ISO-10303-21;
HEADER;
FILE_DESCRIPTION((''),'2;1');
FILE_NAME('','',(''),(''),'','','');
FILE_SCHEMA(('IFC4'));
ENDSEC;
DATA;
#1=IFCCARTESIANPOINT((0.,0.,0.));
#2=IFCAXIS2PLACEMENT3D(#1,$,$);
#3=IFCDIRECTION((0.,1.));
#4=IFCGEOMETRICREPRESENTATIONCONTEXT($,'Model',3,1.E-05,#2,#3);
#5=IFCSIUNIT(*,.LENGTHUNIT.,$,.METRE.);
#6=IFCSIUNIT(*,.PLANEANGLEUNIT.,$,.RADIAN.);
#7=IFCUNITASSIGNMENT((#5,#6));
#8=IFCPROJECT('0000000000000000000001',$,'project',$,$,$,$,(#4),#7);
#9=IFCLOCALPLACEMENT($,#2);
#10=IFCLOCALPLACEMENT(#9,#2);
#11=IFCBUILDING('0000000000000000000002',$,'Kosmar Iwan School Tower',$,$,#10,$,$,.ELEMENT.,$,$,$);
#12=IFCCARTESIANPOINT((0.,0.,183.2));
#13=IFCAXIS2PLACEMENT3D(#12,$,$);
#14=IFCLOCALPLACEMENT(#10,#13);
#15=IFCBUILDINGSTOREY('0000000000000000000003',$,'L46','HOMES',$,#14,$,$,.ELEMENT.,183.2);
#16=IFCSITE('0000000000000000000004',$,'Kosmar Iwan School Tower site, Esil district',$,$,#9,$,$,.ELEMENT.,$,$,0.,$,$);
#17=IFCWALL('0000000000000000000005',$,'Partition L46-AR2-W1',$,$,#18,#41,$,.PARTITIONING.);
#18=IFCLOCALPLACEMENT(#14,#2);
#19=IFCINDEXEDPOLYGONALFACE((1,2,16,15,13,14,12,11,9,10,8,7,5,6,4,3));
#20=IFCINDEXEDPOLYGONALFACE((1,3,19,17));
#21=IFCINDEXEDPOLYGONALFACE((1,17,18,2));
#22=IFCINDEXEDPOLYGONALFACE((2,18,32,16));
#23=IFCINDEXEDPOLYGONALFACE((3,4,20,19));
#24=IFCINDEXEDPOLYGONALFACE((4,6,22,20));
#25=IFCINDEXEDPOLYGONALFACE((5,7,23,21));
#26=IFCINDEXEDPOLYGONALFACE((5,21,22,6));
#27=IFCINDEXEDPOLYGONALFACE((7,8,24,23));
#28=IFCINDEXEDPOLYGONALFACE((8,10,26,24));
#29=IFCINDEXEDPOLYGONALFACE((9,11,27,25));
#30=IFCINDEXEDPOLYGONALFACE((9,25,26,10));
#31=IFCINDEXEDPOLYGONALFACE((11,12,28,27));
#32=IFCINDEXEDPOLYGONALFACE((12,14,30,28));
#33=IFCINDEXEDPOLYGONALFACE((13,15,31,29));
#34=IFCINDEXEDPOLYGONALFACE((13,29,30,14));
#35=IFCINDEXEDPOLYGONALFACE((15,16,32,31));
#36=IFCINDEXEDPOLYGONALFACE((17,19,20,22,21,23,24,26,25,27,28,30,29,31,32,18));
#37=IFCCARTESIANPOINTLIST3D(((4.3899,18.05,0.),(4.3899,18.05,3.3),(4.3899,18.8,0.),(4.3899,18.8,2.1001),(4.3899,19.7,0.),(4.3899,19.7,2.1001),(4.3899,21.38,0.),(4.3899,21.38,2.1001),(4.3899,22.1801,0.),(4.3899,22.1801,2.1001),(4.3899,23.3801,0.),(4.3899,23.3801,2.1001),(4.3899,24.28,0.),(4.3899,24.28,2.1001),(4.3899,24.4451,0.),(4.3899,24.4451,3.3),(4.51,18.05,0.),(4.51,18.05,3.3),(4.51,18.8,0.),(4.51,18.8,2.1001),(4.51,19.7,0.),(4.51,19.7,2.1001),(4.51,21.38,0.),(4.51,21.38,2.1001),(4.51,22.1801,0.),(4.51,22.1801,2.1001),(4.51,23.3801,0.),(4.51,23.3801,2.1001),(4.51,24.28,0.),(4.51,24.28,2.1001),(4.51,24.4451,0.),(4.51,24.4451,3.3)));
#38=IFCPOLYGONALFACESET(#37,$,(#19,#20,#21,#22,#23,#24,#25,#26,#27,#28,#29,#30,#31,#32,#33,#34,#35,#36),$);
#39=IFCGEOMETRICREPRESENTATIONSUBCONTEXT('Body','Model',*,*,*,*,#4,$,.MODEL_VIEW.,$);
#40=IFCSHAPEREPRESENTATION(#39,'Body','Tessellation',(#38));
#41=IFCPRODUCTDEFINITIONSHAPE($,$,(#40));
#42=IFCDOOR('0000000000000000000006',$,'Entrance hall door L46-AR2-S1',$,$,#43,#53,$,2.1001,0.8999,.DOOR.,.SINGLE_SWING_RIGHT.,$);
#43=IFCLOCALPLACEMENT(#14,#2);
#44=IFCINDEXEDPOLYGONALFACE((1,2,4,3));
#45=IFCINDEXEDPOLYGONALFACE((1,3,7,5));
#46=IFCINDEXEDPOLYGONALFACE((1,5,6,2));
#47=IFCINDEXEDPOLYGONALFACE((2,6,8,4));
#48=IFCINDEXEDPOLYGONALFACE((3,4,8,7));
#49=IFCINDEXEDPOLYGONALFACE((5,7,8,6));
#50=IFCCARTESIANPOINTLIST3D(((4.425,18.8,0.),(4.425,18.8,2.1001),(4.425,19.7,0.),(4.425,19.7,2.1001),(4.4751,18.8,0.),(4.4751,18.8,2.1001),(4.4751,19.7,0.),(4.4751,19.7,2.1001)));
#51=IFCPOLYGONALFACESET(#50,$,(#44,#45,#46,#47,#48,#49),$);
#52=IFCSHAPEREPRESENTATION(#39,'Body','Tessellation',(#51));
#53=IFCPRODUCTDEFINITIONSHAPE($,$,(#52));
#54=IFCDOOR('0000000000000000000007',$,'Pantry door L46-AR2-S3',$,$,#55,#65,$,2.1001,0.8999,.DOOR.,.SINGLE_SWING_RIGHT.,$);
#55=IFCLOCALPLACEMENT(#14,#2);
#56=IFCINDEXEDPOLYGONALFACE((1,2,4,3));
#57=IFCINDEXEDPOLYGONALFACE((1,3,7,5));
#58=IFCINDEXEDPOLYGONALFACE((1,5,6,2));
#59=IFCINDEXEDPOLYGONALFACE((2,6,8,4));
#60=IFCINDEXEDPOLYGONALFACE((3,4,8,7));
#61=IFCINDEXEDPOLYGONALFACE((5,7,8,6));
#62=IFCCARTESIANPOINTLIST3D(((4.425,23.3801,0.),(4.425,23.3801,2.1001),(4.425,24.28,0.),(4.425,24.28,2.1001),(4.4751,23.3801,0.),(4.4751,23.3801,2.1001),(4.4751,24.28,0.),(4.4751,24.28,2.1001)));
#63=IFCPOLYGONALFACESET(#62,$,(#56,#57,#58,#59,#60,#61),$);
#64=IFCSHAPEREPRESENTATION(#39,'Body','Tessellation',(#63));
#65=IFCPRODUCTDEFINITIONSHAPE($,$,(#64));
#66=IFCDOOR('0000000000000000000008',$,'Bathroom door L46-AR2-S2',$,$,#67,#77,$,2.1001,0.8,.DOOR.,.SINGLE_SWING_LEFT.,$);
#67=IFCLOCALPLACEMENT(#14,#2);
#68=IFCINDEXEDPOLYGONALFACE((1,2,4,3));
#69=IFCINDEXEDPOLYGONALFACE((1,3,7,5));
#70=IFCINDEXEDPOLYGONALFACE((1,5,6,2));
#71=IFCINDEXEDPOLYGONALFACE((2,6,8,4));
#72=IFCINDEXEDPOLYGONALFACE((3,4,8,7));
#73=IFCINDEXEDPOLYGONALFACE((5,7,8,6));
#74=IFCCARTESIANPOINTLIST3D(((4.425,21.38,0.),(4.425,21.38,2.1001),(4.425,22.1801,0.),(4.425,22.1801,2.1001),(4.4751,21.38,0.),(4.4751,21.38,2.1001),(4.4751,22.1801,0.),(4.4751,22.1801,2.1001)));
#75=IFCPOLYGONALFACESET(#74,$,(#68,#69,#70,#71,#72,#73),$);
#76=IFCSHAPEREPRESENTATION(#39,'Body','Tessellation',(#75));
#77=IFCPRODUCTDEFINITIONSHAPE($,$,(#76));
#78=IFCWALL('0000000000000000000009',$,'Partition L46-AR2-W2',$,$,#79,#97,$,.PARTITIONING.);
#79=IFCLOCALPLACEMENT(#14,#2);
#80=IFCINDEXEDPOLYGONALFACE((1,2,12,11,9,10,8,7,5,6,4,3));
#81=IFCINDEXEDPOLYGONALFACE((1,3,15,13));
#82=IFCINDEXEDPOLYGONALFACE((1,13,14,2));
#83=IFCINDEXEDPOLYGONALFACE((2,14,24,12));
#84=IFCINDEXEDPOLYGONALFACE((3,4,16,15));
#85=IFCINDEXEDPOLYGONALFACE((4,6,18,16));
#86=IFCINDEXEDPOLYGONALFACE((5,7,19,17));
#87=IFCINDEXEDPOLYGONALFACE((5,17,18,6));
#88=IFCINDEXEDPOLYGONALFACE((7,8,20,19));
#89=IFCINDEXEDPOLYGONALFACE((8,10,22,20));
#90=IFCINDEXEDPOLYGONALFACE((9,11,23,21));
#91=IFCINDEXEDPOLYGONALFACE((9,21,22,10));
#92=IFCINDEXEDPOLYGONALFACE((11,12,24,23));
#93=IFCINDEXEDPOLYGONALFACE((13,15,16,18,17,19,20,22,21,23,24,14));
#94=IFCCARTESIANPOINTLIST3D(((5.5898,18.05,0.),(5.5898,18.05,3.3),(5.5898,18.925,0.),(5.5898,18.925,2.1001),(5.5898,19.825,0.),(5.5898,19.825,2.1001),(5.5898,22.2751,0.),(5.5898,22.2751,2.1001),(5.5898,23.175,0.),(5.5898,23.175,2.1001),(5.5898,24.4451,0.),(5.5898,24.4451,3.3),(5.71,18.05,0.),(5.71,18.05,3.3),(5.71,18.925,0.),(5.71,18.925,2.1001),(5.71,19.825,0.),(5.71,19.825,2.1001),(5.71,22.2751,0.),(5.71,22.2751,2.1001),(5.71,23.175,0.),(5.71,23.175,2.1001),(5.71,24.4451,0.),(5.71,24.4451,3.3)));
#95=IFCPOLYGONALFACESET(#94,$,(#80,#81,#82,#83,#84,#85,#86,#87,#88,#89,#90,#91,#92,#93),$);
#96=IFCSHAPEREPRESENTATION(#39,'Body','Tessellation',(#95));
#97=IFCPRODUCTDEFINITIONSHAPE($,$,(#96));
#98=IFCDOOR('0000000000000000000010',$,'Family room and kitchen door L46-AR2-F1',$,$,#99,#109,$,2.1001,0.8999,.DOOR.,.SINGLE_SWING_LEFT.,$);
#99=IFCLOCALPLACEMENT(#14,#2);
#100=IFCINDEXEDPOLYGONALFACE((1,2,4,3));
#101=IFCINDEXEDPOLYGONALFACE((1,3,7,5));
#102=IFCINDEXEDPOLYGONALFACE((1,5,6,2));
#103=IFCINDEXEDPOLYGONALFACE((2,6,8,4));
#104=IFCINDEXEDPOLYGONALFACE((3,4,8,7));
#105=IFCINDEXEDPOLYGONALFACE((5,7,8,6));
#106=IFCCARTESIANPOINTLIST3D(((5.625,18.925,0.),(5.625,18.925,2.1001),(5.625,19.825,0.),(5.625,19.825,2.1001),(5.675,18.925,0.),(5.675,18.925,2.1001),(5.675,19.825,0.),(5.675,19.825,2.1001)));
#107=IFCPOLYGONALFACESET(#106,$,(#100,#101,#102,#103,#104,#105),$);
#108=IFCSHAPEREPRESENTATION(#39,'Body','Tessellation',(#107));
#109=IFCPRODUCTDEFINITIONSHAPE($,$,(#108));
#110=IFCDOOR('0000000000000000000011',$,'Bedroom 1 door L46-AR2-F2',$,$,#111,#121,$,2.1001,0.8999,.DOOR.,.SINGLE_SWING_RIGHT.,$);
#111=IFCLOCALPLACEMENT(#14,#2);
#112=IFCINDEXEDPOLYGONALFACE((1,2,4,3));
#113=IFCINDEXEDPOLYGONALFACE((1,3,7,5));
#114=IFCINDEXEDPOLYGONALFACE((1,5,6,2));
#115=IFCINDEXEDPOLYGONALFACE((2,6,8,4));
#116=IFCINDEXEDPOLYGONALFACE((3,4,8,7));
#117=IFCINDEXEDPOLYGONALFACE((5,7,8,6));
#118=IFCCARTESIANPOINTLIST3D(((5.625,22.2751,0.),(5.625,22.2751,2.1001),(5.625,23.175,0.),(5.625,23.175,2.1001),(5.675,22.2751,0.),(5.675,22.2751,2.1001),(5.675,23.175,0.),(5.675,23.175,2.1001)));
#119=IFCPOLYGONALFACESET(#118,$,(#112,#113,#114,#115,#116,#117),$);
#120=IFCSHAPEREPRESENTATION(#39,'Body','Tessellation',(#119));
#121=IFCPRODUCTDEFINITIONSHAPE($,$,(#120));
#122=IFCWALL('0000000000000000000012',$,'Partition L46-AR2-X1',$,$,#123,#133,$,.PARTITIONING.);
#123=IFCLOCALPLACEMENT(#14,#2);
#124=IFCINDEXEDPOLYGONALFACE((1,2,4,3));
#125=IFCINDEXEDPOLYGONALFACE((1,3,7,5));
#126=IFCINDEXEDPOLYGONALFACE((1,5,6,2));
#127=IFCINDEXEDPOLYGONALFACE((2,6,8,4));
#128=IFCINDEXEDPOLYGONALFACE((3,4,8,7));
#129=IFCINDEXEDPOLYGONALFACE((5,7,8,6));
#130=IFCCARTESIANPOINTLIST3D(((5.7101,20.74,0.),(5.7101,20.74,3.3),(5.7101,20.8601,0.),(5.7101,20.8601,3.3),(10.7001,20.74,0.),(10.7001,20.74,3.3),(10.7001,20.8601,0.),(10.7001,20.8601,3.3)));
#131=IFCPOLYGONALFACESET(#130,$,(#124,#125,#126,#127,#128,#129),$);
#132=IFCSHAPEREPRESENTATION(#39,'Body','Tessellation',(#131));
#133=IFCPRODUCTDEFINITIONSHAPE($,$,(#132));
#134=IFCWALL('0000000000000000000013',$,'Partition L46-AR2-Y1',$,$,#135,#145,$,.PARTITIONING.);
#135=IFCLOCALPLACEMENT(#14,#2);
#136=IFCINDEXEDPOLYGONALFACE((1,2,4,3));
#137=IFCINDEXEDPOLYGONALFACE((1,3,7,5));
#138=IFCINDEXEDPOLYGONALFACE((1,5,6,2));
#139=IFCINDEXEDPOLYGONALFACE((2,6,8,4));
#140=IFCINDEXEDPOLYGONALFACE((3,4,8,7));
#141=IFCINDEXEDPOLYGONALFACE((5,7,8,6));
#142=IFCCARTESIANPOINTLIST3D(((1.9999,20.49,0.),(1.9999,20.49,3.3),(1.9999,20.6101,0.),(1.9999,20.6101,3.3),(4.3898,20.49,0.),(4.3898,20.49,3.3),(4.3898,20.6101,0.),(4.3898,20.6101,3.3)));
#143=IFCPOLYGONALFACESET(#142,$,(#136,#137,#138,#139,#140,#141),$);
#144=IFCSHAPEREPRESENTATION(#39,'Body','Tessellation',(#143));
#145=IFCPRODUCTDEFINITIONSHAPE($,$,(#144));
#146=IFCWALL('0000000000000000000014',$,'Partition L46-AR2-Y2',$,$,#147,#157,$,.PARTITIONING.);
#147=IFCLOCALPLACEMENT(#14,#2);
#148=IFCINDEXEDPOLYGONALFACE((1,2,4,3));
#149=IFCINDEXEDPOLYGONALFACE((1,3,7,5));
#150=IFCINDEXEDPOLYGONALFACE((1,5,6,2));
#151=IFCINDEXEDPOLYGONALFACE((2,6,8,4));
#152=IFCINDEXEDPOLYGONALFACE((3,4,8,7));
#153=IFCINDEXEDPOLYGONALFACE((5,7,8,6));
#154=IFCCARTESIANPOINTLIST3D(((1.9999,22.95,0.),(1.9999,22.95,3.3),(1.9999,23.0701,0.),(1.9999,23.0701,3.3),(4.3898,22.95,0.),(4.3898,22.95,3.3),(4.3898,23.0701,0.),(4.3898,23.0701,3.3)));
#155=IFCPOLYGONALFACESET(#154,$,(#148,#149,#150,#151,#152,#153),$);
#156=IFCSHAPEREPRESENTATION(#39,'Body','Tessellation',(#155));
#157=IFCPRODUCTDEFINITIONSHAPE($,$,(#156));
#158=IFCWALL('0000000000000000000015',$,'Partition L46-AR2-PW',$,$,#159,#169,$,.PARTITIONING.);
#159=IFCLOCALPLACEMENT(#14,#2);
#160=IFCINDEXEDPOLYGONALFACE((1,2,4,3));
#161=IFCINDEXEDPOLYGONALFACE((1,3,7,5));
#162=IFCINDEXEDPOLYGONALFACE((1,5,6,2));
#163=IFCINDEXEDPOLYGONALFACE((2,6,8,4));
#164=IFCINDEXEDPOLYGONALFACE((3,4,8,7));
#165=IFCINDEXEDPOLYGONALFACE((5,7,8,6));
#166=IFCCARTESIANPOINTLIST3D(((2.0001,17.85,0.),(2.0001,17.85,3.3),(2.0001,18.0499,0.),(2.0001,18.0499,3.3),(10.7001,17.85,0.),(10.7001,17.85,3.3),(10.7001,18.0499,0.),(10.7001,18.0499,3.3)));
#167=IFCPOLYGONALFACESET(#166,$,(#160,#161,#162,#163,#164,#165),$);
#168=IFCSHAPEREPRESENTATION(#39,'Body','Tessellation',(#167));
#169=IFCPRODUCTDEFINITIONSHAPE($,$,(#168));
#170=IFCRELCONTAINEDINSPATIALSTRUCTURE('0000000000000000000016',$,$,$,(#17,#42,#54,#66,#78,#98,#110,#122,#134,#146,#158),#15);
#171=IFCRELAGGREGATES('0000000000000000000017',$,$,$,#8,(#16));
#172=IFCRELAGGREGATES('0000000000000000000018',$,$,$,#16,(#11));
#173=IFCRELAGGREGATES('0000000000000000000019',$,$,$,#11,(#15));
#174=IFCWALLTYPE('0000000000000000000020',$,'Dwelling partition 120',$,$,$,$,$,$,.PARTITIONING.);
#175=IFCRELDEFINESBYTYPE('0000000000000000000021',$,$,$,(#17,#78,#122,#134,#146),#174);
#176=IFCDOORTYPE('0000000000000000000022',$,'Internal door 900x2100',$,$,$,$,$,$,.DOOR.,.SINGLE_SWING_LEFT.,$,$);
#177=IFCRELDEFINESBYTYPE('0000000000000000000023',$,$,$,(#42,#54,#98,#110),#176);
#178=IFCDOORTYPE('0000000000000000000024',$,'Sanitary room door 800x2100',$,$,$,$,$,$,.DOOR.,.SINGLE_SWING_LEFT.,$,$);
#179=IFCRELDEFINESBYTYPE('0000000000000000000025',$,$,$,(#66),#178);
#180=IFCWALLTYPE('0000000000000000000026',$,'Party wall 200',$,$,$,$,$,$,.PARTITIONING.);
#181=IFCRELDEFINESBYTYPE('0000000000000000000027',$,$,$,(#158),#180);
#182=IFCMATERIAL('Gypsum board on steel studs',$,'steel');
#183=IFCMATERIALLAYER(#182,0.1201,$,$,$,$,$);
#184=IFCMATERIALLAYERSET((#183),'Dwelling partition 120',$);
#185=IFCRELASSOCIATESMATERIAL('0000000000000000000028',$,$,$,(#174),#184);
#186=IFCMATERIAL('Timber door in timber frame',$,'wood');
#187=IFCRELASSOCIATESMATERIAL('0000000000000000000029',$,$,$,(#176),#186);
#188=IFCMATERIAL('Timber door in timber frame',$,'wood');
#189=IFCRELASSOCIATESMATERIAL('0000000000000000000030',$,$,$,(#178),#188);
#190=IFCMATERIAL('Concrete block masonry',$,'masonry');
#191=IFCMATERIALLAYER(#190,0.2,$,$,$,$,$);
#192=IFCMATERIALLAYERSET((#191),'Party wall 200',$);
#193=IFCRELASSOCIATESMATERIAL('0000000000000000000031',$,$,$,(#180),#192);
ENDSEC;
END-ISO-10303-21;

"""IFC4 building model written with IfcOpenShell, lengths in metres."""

from ifc_helpers import new_model, si_unit, direction, frame, frame_2d, origin, place, context, subcontext, project, spatial, rectangle, extrude, material, layer, layer_set, type_object, element, fill, save


model = new_model("IFC4")

# Units and contexts
model_context = context("Model", 3, precision=1e-05, world=origin(), true_north=direction((0.0, 1.0)))
body_context = subcontext(model_context, "Body", "Model", "MODEL_VIEW")
ifc_project = project(units=[si_unit("LENGTHUNIT", "METRE"), si_unit("PLANEANGLEUNIT", "RADIAN")], contexts=[model_context])

# Site, building, storey
site_placement = place(None, origin())
site = spatial("IfcSite", under=ifc_project, at=site_placement, Name="Kosmar Iwan School Tower site, Esil district", CompositionType="ELEMENT", RefElevation=0.0)
building_placement = place(site_placement, origin())
building = spatial("IfcBuilding", under=site, at=building_placement, Name="Kosmar Iwan School Tower", CompositionType="ELEMENT")
storey_placement = place(building_placement, frame((0.0, 0.0, 183.2)))
storey = spatial("IfcBuildingStorey", under=building, at=storey_placement, Name="L46", Description="HOMES", CompositionType="ELEMENT", Elevation=183.2)

# Shared definitions
ifc_material_1 = material(Name="Gypsum board on steel studs", Category="steel")
ifc_layer_1 = layer(ifc_material_1, 0.1201)
ifc_layer_set_1 = layer_set([ifc_layer_1], Name="Dwelling partition 120")
wall_type_1 = type_object("IfcWallType", Name="Dwelling partition 120", PredefinedType="PARTITIONING", material=ifc_layer_set_1)

# Walls, openings, doors
wall_1_placement = place(storey_placement, frame((4.45, 18.05, 0.0), z_axis=(0.0, 0.0, 1.0), x_axis=(0.0, 1.0, 0.0)))
wall_1 = element("IfcWall", 1, at=wall_1_placement, inside=storey, type_object=wall_type_1, Name="Partition L46-AR2-W1", PredefinedType="PARTITIONING", context=body_context, shape_type="SweptSolid", body=[
    extrude(rectangle(XDim=6.395, YDim=0.1201, at=frame_2d((3.1975, 0.0))), origin(), (0.0, 0.0, 1.0), 3.3),
])
opening_1_placement = place(wall_1_placement, frame((0.75, 0.0, 0.0)))
opening_1 = element("IfcOpeningElement", 2, at=opening_1_placement, cuts=wall_1, PredefinedType="OPENING", context=body_context, shape_type="SweptSolid", body=[
    extrude(rectangle(XDim=0.8999, YDim=2.1001, at=frame_2d((0.45, 1.05))), frame((0.0, 0.072, 0.0), z_axis=(0.0, -1.0, 0.0), x_axis=(1.0, 0.0, 0.0)), (0.0, 0.0, 1.0), 0.144),
])
opening_2_placement = place(wall_1_placement, frame((3.3301, 0.0, 0.0)))
opening_2 = element("IfcOpeningElement", 3, at=opening_2_placement, cuts=wall_1, PredefinedType="OPENING", context=body_context, shape_type="SweptSolid", body=[
    extrude(rectangle(XDim=0.8, YDim=2.1001, at=frame_2d((0.3999, 1.05))), frame((0.0, 0.072, 0.0), z_axis=(0.0, -1.0, 0.0), x_axis=(1.0, 0.0, 0.0)), (0.0, 0.0, 1.0), 0.144),
])
opening_3_placement = place(wall_1_placement, frame((5.3301, 0.0, 0.0)))
opening_3 = element("IfcOpeningElement", 4, at=opening_3_placement, cuts=wall_1, PredefinedType="OPENING", context=body_context, shape_type="SweptSolid", body=[
    extrude(rectangle(XDim=0.8999, YDim=2.1001, at=frame_2d((0.45, 1.05))), frame((0.0, 0.072, 0.0), z_axis=(0.0, -1.0, 0.0), x_axis=(1.0, 0.0, 0.0)), (0.0, 0.0, 1.0), 0.144),
])
ifc_material_2 = material(Name="Timber door in timber frame", Category="wood")
door_type_1 = type_object("IfcDoorType", Name="Internal door 900x2100", OperationType="SINGLE_SWING_LEFT", PredefinedType="DOOR", material=ifc_material_2)
door_1_placement = place(opening_1_placement, origin())
door_1 = element("IfcDoor", 5, at=door_1_placement, inside=storey, type_object=door_type_1, Name="Entrance hall door L46-AR2-S1", OperationType="SINGLE_SWING_RIGHT", OverallHeight=2.1001, OverallWidth=0.8999, PredefinedType="DOOR", context=body_context, shape_type="SweptSolid", body=[
    extrude(rectangle(XDim=0.8999, YDim=2.1001, at=frame_2d((0.45, 1.05))), frame((0.0, 0.0249, 0.0), z_axis=(0.0, -1.0, 0.0), x_axis=(1.0, 0.0, 0.0)), (0.0, 0.0, 1.0), 0.05),
])
fill(opening_1, door_1)
door_2_placement = place(opening_3_placement, origin())
door_2 = element("IfcDoor", 6, at=door_2_placement, inside=storey, type_object=door_type_1, Name="Pantry door L46-AR2-S3", OperationType="SINGLE_SWING_RIGHT", OverallHeight=2.1001, OverallWidth=0.8999, PredefinedType="DOOR", context=body_context, shape_type="SweptSolid", body=[
    extrude(rectangle(XDim=0.8999, YDim=2.1001, at=frame_2d((0.45, 1.05))), frame((0.0, 0.0249, 0.0), z_axis=(0.0, -1.0, 0.0), x_axis=(1.0, 0.0, 0.0)), (0.0, 0.0, 1.0), 0.05),
])
fill(opening_3, door_2)
ifc_material_3 = material(Name="Timber door in timber frame", Category="wood")
door_type_2 = type_object("IfcDoorType", Name="Sanitary room door 800x2100", OperationType="SINGLE_SWING_LEFT", PredefinedType="DOOR", material=ifc_material_3)
door_3_placement = place(opening_2_placement, origin())
door_3 = element("IfcDoor", 7, at=door_3_placement, inside=storey, type_object=door_type_2, Name="Bathroom door L46-AR2-S2", OperationType="SINGLE_SWING_LEFT", OverallHeight=2.1001, OverallWidth=0.8, PredefinedType="DOOR", context=body_context, shape_type="SweptSolid", body=[
    extrude(rectangle(XDim=0.8, YDim=2.1001, at=frame_2d((0.3999, 1.05))), frame((0.0, 0.0249, 0.0), z_axis=(0.0, -1.0, 0.0), x_axis=(1.0, 0.0, 0.0)), (0.0, 0.0, 1.0), 0.05),
])
fill(opening_2, door_3)
wall_2_placement = place(storey_placement, frame((5.6499, 18.05, 0.0), z_axis=(0.0, 0.0, 1.0), x_axis=(0.0, 1.0, 0.0)))
wall_2 = element("IfcWall", 8, at=wall_2_placement, inside=storey, type_object=wall_type_1, Name="Partition L46-AR2-W2", PredefinedType="PARTITIONING", context=body_context, shape_type="SweptSolid", body=[
    extrude(rectangle(XDim=6.395, YDim=0.1201, at=frame_2d((3.1975, 0.0))), origin(), (0.0, 0.0, 1.0), 3.3),
])
opening_4_placement = place(wall_2_placement, frame((0.875, 0.0, 0.0)))
opening_4 = element("IfcOpeningElement", 9, at=opening_4_placement, cuts=wall_2, PredefinedType="OPENING", context=body_context, shape_type="SweptSolid", body=[
    extrude(rectangle(XDim=0.8999, YDim=2.1001, at=frame_2d((0.45, 1.05))), frame((0.0, 0.072, 0.0), z_axis=(0.0, -1.0, 0.0), x_axis=(1.0, 0.0, 0.0)), (0.0, 0.0, 1.0), 0.144),
])
opening_5_placement = place(wall_2_placement, frame((4.2251, 0.0, 0.0)))
opening_5 = element("IfcOpeningElement", 10, at=opening_5_placement, cuts=wall_2, PredefinedType="OPENING", context=body_context, shape_type="SweptSolid", body=[
    extrude(rectangle(XDim=0.8999, YDim=2.1001, at=frame_2d((0.45, 1.05))), frame((0.0, 0.072, 0.0), z_axis=(0.0, -1.0, 0.0), x_axis=(1.0, 0.0, 0.0)), (0.0, 0.0, 1.0), 0.144),
])
door_4_placement = place(opening_4_placement, origin())
door_4 = element("IfcDoor", 11, at=door_4_placement, inside=storey, type_object=door_type_1, Name="Family room and kitchen door L46-AR2-F1", OperationType="SINGLE_SWING_LEFT", OverallHeight=2.1001, OverallWidth=0.8999, PredefinedType="DOOR", context=body_context, shape_type="SweptSolid", body=[
    extrude(rectangle(XDim=0.8999, YDim=2.1001, at=frame_2d((0.45, 1.05))), frame((0.0, 0.0249, 0.0), z_axis=(0.0, -1.0, 0.0), x_axis=(1.0, 0.0, 0.0)), (0.0, 0.0, 1.0), 0.05),
])
fill(opening_4, door_4)
door_5_placement = place(opening_5_placement, origin())
door_5 = element("IfcDoor", 12, at=door_5_placement, inside=storey, type_object=door_type_1, Name="Bedroom 1 door L46-AR2-F2", OperationType="SINGLE_SWING_RIGHT", OverallHeight=2.1001, OverallWidth=0.8999, PredefinedType="DOOR", context=body_context, shape_type="SweptSolid", body=[
    extrude(rectangle(XDim=0.8999, YDim=2.1001, at=frame_2d((0.45, 1.05))), frame((0.0, 0.0249, 0.0), z_axis=(0.0, -1.0, 0.0), x_axis=(1.0, 0.0, 0.0)), (0.0, 0.0, 1.0), 0.05),
])
fill(opening_5, door_5)

# Walls
wall_3_placement = place(storey_placement, frame((5.71, 20.8, 0.0), z_axis=(0.0, 0.0, 1.0), x_axis=(1.0, 0.0, 0.0)))
element("IfcWall", 13, at=wall_3_placement, inside=storey, type_object=wall_type_1, Name="Partition L46-AR2-X1", PredefinedType="PARTITIONING", context=body_context, shape_type="SweptSolid", body=[
    extrude(rectangle(XDim=4.99, YDim=0.1201, at=frame_2d((2.4951, 0.0))), origin(), (0.0, 0.0, 1.0), 3.3),
])
for number, where, z_axis, x_axis, name in (
    (14, (2.0, 20.55, 0.0), (0.0, 0.0, 1.0), (1.0, 0.0, 0.0), "Partition L46-AR2-Y1"),
    (15, (2.0, 23.01, 0.0), (0.0, 0.0, 1.0), (1.0, 0.0, 0.0), "Partition L46-AR2-Y2"),
):
    element("IfcWall", number, at=place(storey_placement, frame(where, z_axis=z_axis, x_axis=x_axis)), inside=storey, type_object=wall_type_1, Name=name, PredefinedType="PARTITIONING", context=body_context, shape_type="SweptSolid", body=[
        extrude(rectangle(XDim=2.3899, YDim=0.1201, at=frame_2d((1.1948, 0.0))), origin(), (0.0, 0.0, 1.0), 3.3),
    ])
ifc_material_4 = material(Name="Concrete block masonry", Category="masonry")
ifc_layer_2 = layer(ifc_material_4, 0.2)
ifc_layer_set_2 = layer_set([ifc_layer_2], Name="Party wall 200")
wall_type_2 = type_object("IfcWallType", Name="Party wall 200", PredefinedType="PARTITIONING", material=ifc_layer_set_2)
wall_4_placement = place(storey_placement, frame((2.0, 17.95, 0.0), z_axis=(0.0, 0.0, 1.0), x_axis=(1.0, 0.0, 0.0)))
element("IfcWall", 16, at=wall_4_placement, inside=storey, type_object=wall_type_2, Name="Partition L46-AR2-PW", PredefinedType="PARTITIONING", context=body_context, shape_type="SweptSolid", body=[
    extrude(rectangle(XDim=8.7, YDim=0.2, at=frame_2d((4.3501, 0.0))), origin(), (0.0, 0.0, 1.0), 3.3),
])

save(model, "model.ifc")
